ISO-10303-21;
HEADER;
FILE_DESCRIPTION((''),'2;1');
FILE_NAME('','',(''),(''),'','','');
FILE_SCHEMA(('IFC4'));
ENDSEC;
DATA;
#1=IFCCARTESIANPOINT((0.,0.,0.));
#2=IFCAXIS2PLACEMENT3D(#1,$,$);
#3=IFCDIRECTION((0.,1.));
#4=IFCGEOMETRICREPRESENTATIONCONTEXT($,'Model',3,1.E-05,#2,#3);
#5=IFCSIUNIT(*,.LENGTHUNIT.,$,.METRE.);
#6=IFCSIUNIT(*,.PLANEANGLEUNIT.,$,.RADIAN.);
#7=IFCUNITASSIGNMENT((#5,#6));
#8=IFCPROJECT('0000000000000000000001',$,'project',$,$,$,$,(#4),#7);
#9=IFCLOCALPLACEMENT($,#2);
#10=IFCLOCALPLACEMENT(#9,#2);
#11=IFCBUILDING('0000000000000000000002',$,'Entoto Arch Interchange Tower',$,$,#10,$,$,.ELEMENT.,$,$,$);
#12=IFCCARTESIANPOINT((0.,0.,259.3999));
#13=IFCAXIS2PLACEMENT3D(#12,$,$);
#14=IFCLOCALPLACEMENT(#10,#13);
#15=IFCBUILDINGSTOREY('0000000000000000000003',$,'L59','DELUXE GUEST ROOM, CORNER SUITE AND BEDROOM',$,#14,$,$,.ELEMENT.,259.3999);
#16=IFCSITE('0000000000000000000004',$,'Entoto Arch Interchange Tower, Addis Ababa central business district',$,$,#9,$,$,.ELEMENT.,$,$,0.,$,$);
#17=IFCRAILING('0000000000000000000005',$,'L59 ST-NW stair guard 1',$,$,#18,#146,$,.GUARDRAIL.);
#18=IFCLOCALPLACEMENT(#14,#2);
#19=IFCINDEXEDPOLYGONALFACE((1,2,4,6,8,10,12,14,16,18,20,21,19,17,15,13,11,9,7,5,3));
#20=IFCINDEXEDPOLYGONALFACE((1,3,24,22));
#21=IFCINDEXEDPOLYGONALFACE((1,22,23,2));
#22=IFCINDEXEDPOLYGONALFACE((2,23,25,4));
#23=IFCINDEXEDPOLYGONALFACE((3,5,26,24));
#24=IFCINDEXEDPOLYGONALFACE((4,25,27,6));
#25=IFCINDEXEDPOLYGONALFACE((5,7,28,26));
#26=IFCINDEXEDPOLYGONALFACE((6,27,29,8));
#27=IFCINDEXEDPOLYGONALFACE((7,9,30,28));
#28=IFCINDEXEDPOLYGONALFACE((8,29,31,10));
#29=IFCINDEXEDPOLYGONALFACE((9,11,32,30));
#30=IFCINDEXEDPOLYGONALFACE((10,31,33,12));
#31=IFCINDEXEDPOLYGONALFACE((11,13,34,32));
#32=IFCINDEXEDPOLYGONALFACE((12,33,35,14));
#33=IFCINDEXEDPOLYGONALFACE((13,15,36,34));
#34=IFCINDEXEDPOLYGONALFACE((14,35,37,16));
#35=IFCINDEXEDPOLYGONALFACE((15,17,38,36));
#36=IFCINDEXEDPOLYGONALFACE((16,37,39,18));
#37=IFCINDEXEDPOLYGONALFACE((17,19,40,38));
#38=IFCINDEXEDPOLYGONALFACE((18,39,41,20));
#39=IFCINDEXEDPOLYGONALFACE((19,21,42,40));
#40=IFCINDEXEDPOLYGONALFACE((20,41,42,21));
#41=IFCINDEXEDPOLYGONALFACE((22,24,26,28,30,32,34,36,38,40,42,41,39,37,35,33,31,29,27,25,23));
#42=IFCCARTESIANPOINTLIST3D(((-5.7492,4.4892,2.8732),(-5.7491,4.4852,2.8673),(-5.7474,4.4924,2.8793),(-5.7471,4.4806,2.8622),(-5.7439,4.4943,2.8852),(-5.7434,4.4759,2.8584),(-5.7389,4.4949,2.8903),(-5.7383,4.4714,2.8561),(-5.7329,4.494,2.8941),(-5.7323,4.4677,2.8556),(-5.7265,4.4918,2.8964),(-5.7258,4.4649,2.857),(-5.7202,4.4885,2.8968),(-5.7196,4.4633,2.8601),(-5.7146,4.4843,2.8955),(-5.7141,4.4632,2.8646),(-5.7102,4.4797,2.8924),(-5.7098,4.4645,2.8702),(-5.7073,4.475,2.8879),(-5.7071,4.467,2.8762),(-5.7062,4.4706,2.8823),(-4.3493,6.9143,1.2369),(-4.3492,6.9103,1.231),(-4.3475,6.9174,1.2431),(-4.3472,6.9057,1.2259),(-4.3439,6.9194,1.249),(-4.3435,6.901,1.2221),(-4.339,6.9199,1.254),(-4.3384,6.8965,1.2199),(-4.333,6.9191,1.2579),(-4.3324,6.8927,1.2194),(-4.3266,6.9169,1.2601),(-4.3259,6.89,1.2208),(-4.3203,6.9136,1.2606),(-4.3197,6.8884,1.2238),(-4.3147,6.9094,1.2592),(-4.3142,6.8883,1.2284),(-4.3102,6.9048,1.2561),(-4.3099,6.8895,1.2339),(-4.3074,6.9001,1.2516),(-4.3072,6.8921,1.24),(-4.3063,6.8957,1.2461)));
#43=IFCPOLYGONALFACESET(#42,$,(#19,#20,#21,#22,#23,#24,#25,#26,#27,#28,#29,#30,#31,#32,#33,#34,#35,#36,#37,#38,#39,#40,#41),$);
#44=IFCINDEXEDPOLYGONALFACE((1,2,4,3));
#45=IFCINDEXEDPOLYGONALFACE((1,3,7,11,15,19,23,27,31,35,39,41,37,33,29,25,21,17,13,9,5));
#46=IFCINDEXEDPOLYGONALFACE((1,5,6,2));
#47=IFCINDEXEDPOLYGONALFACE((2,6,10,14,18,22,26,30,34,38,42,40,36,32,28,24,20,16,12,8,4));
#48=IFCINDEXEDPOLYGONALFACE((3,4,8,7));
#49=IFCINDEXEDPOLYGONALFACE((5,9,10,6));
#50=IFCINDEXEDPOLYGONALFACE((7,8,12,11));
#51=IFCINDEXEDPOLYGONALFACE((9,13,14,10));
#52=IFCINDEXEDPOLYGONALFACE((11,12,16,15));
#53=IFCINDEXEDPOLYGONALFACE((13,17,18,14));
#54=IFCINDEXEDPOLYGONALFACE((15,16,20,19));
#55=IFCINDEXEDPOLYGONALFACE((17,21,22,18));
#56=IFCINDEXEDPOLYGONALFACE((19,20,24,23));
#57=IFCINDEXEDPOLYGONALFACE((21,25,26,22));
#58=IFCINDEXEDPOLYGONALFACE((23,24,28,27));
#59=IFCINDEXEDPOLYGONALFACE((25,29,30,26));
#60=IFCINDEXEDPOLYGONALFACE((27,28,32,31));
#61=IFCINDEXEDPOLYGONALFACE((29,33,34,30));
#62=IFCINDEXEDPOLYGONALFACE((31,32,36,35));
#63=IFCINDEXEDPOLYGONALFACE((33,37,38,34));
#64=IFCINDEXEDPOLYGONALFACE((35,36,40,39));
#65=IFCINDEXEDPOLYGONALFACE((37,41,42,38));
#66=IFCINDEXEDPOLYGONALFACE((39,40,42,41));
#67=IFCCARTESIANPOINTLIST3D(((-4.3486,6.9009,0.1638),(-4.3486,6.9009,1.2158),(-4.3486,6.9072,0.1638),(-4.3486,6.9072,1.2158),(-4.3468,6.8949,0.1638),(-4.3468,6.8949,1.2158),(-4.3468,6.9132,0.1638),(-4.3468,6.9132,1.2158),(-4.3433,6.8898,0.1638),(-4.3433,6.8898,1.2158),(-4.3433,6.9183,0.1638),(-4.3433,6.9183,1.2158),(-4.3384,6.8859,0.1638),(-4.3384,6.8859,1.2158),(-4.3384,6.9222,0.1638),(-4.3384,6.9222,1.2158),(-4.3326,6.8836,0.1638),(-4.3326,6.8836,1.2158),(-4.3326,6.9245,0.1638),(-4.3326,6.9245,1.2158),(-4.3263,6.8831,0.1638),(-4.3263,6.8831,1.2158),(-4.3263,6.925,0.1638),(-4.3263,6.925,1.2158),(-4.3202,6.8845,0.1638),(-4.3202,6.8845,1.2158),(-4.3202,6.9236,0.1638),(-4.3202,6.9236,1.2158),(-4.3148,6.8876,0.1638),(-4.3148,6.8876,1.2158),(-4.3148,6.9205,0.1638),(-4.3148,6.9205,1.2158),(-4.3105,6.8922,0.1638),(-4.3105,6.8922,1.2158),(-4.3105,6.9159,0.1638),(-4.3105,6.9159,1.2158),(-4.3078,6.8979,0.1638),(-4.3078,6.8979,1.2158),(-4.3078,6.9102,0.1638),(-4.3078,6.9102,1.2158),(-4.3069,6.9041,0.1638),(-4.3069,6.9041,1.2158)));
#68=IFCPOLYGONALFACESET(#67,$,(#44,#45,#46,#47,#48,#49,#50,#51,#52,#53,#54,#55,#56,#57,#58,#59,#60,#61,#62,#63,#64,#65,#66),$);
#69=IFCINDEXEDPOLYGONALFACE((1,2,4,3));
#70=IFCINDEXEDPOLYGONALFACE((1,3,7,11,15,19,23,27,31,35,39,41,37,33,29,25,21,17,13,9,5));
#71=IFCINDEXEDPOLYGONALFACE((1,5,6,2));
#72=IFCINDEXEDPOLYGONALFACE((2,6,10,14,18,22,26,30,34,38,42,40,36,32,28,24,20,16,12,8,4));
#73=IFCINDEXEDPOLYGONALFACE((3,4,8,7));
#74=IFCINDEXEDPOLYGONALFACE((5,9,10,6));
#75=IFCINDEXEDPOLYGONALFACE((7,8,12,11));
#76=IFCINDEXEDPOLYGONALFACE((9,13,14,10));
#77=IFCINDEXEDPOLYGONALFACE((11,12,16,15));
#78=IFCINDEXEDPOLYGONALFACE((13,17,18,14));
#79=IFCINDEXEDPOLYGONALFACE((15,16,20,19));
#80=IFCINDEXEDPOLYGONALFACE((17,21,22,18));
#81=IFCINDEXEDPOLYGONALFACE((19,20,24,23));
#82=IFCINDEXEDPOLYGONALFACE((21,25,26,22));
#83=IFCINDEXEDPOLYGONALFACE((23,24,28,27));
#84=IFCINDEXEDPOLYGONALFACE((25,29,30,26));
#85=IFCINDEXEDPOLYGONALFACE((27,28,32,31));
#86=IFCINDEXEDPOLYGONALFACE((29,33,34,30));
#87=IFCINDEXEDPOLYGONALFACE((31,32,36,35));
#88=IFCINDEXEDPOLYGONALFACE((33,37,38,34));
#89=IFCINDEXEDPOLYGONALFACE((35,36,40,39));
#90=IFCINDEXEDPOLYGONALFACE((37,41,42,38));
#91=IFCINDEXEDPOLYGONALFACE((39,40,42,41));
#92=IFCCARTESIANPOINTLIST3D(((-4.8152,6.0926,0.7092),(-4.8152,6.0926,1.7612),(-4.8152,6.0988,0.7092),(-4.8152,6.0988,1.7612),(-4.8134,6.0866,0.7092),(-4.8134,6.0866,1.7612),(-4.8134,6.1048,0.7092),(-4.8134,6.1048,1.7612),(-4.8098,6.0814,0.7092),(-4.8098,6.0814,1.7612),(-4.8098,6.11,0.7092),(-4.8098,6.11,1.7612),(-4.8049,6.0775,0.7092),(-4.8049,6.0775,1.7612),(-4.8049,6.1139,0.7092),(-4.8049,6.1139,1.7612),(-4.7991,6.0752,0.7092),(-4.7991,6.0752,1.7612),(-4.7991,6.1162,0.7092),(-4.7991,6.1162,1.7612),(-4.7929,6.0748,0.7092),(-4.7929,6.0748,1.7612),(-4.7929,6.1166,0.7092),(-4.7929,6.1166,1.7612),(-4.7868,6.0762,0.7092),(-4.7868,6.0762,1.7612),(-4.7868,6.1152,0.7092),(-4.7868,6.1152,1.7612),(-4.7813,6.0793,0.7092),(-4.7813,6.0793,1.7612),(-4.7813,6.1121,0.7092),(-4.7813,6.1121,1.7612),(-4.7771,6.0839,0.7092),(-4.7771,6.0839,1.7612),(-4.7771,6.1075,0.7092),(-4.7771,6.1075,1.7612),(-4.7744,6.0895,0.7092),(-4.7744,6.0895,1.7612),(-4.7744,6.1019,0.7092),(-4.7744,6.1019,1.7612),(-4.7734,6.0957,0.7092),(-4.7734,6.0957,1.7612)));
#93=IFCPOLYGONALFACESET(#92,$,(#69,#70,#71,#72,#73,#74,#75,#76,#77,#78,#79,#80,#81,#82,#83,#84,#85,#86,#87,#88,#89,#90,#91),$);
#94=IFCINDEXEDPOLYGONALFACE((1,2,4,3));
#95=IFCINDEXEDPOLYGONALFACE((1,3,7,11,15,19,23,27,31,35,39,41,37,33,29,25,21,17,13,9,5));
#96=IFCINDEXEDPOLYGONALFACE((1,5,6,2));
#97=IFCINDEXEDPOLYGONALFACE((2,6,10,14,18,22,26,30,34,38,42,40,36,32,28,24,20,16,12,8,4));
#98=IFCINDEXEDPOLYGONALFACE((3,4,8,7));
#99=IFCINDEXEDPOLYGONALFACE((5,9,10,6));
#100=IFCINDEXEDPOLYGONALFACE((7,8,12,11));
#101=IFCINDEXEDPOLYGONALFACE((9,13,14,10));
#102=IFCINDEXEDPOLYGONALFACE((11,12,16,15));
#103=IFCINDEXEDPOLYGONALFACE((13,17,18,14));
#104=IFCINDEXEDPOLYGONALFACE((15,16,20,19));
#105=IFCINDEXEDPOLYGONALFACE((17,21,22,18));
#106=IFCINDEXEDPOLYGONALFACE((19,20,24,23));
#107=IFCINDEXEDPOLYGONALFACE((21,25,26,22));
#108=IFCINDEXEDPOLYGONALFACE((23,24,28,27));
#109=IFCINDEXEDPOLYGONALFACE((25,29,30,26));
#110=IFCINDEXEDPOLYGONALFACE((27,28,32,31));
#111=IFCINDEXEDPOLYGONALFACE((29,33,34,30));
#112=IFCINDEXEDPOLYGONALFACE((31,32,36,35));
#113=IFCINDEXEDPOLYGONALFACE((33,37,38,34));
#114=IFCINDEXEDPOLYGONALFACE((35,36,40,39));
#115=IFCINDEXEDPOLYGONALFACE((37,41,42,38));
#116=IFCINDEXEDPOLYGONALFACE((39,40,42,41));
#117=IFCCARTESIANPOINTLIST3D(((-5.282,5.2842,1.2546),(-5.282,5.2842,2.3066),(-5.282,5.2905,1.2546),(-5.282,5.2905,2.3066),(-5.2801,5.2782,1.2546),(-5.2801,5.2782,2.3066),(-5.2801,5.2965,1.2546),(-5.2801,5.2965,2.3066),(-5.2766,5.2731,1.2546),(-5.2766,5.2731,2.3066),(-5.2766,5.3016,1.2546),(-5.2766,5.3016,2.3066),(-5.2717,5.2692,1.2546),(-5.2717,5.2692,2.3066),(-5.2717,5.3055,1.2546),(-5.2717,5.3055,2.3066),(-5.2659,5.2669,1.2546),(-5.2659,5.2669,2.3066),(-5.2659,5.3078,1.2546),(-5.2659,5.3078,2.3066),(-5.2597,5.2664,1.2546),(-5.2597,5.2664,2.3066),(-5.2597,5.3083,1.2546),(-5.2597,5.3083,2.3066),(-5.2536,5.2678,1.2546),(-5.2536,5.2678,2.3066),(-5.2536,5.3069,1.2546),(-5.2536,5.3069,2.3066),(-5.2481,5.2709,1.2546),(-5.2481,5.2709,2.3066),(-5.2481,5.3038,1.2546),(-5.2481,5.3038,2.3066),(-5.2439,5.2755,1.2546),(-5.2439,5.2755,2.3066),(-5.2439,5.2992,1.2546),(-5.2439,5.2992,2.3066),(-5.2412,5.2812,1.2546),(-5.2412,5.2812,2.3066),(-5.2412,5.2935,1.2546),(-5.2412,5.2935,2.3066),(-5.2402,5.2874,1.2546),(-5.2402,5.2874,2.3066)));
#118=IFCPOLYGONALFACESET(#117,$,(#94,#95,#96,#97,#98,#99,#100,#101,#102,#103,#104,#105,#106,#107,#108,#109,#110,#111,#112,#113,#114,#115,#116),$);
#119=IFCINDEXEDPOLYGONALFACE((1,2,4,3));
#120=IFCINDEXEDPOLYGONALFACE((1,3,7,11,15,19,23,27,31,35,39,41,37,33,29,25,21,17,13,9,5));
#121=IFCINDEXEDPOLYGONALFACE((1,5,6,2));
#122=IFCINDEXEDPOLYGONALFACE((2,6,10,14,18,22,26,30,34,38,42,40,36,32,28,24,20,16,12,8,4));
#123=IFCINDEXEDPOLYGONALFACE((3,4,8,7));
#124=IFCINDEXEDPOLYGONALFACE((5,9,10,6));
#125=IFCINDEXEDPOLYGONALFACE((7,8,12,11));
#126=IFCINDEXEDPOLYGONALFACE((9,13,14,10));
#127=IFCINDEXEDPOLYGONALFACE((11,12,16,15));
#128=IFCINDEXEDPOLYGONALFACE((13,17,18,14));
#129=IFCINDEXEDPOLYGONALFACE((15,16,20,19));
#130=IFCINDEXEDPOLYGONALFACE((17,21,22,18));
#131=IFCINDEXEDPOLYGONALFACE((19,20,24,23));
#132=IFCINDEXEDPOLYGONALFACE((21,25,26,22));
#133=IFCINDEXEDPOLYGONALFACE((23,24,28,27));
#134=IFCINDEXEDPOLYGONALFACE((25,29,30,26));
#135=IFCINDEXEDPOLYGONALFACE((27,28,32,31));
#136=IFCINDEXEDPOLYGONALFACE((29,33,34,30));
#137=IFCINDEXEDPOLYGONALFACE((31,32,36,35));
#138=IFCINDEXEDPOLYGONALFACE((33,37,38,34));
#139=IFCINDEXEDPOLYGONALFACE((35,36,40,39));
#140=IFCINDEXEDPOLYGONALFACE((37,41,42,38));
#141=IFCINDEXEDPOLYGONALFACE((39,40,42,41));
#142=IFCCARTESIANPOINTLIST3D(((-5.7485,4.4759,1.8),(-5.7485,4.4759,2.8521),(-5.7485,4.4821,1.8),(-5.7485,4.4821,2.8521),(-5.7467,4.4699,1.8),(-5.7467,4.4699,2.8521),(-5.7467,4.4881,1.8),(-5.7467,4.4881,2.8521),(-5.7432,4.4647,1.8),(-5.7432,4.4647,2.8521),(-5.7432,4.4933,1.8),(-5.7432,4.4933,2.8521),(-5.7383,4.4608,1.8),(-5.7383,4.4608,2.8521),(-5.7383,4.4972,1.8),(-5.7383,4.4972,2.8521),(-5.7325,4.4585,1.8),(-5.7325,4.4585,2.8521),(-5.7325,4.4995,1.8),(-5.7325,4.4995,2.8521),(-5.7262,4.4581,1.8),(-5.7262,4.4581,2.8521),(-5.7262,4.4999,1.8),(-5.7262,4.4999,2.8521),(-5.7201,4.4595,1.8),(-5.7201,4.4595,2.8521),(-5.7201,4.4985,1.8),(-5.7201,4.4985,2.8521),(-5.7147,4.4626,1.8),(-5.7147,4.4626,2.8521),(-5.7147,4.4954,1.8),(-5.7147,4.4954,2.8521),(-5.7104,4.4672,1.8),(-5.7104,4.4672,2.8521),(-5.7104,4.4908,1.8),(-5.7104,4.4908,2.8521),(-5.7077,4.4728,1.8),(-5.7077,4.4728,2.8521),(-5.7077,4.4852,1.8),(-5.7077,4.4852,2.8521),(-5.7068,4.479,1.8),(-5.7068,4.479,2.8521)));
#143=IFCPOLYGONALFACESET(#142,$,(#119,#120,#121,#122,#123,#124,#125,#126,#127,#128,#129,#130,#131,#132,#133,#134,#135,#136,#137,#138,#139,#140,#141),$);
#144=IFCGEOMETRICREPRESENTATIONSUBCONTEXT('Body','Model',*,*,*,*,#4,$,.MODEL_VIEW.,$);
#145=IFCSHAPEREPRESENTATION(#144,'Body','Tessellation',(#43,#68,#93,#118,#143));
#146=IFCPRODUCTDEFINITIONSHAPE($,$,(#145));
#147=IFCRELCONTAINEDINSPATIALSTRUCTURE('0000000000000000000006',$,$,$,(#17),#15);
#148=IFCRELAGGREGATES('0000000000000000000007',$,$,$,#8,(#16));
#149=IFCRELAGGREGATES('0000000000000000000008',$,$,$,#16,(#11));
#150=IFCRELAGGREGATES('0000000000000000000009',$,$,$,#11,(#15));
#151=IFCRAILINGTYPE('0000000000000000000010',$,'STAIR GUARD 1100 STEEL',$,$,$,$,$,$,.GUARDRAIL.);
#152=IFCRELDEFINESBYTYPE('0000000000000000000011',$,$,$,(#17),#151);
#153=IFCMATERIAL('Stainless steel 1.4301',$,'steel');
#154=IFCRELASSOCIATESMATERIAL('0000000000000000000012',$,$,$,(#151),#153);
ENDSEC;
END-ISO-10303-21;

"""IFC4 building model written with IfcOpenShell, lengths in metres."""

from ifc_helpers import new_model, si_unit, direction, frame, origin, origin_2d, place, context, subcontext, project, spatial, circle, extrude, material, type_object, element, save


model = new_model("IFC4")

# Units and contexts
model_context = context("Model", 3, precision=1e-05, world=origin(), true_north=direction((0.0, 1.0)))
body_context = subcontext(model_context, "Body", "Model", "MODEL_VIEW")
ifc_project = project(units=[si_unit("LENGTHUNIT", "METRE"), si_unit("PLANEANGLEUNIT", "RADIAN")], contexts=[model_context])

# Site, building, storey
site_placement = place(None, origin())
site = spatial("IfcSite", under=ifc_project, at=site_placement, Name="Entoto Arch Interchange Tower, Addis Ababa central business district", CompositionType="ELEMENT", RefElevation=0.0)
building_placement = place(site_placement, origin())
building = spatial("IfcBuilding", under=site, at=building_placement, Name="Entoto Arch Interchange Tower", CompositionType="ELEMENT")
storey_placement = place(building_placement, frame((0.0, 0.0, 259.3999)))
storey = spatial("IfcBuildingStorey", under=building, at=storey_placement, Name="L59", Description="DELUXE GUEST ROOM, CORNER SUITE AND BEDROOM", CompositionType="ELEMENT", Elevation=259.3999)

# Railing
ifc_material_1 = material(Name="Stainless steel 1.4301", Category="steel")
railing_type_1 = type_object("IfcRailingType", Name="STAIR GUARD 1100 STEEL", PredefinedType="GUARDRAIL", material=ifc_material_1)
railing_1_placement = place(storey_placement, frame((-4.3279, 6.9041, 0.1638)))
element("IfcRailing", 1, at=railing_1_placement, inside=storey, type_object=railing_type_1, Name="L59 ST-NW stair guard 1", PredefinedType="GUARDRAIL", context=body_context, shape_type="SweptSolid", body=[
    extrude(circle(Radius=0.0239, at=origin_2d()), frame((0.0, 0.0, 1.0762), z_axis=(-0.431653, -0.747751, 0.504523), x_axis=(0.866056, -0.499946, 0.0)), (0.0, 0.0, 1.0), 3.2432),
    extrude(circle(Radius=0.021, at=origin_2d()), origin(), (0.0, 0.0, 1.0), 1.052),
    extrude(circle(Radius=0.021, at=origin_2d()), frame((-0.4666, -0.8083, 0.5454)), (0.0, 0.0, 1.0), 1.052),
    extrude(circle(Radius=0.021, at=origin_2d()), frame((-0.9333, -1.6167, 1.0908)), (0.0, 0.0, 1.0), 1.052),
    extrude(circle(Radius=0.021, at=origin_2d()), frame((-1.3999, -2.425, 1.6362)), (0.0, 0.0, 1.0), 1.052),
])

save(model, "model.ifc")
